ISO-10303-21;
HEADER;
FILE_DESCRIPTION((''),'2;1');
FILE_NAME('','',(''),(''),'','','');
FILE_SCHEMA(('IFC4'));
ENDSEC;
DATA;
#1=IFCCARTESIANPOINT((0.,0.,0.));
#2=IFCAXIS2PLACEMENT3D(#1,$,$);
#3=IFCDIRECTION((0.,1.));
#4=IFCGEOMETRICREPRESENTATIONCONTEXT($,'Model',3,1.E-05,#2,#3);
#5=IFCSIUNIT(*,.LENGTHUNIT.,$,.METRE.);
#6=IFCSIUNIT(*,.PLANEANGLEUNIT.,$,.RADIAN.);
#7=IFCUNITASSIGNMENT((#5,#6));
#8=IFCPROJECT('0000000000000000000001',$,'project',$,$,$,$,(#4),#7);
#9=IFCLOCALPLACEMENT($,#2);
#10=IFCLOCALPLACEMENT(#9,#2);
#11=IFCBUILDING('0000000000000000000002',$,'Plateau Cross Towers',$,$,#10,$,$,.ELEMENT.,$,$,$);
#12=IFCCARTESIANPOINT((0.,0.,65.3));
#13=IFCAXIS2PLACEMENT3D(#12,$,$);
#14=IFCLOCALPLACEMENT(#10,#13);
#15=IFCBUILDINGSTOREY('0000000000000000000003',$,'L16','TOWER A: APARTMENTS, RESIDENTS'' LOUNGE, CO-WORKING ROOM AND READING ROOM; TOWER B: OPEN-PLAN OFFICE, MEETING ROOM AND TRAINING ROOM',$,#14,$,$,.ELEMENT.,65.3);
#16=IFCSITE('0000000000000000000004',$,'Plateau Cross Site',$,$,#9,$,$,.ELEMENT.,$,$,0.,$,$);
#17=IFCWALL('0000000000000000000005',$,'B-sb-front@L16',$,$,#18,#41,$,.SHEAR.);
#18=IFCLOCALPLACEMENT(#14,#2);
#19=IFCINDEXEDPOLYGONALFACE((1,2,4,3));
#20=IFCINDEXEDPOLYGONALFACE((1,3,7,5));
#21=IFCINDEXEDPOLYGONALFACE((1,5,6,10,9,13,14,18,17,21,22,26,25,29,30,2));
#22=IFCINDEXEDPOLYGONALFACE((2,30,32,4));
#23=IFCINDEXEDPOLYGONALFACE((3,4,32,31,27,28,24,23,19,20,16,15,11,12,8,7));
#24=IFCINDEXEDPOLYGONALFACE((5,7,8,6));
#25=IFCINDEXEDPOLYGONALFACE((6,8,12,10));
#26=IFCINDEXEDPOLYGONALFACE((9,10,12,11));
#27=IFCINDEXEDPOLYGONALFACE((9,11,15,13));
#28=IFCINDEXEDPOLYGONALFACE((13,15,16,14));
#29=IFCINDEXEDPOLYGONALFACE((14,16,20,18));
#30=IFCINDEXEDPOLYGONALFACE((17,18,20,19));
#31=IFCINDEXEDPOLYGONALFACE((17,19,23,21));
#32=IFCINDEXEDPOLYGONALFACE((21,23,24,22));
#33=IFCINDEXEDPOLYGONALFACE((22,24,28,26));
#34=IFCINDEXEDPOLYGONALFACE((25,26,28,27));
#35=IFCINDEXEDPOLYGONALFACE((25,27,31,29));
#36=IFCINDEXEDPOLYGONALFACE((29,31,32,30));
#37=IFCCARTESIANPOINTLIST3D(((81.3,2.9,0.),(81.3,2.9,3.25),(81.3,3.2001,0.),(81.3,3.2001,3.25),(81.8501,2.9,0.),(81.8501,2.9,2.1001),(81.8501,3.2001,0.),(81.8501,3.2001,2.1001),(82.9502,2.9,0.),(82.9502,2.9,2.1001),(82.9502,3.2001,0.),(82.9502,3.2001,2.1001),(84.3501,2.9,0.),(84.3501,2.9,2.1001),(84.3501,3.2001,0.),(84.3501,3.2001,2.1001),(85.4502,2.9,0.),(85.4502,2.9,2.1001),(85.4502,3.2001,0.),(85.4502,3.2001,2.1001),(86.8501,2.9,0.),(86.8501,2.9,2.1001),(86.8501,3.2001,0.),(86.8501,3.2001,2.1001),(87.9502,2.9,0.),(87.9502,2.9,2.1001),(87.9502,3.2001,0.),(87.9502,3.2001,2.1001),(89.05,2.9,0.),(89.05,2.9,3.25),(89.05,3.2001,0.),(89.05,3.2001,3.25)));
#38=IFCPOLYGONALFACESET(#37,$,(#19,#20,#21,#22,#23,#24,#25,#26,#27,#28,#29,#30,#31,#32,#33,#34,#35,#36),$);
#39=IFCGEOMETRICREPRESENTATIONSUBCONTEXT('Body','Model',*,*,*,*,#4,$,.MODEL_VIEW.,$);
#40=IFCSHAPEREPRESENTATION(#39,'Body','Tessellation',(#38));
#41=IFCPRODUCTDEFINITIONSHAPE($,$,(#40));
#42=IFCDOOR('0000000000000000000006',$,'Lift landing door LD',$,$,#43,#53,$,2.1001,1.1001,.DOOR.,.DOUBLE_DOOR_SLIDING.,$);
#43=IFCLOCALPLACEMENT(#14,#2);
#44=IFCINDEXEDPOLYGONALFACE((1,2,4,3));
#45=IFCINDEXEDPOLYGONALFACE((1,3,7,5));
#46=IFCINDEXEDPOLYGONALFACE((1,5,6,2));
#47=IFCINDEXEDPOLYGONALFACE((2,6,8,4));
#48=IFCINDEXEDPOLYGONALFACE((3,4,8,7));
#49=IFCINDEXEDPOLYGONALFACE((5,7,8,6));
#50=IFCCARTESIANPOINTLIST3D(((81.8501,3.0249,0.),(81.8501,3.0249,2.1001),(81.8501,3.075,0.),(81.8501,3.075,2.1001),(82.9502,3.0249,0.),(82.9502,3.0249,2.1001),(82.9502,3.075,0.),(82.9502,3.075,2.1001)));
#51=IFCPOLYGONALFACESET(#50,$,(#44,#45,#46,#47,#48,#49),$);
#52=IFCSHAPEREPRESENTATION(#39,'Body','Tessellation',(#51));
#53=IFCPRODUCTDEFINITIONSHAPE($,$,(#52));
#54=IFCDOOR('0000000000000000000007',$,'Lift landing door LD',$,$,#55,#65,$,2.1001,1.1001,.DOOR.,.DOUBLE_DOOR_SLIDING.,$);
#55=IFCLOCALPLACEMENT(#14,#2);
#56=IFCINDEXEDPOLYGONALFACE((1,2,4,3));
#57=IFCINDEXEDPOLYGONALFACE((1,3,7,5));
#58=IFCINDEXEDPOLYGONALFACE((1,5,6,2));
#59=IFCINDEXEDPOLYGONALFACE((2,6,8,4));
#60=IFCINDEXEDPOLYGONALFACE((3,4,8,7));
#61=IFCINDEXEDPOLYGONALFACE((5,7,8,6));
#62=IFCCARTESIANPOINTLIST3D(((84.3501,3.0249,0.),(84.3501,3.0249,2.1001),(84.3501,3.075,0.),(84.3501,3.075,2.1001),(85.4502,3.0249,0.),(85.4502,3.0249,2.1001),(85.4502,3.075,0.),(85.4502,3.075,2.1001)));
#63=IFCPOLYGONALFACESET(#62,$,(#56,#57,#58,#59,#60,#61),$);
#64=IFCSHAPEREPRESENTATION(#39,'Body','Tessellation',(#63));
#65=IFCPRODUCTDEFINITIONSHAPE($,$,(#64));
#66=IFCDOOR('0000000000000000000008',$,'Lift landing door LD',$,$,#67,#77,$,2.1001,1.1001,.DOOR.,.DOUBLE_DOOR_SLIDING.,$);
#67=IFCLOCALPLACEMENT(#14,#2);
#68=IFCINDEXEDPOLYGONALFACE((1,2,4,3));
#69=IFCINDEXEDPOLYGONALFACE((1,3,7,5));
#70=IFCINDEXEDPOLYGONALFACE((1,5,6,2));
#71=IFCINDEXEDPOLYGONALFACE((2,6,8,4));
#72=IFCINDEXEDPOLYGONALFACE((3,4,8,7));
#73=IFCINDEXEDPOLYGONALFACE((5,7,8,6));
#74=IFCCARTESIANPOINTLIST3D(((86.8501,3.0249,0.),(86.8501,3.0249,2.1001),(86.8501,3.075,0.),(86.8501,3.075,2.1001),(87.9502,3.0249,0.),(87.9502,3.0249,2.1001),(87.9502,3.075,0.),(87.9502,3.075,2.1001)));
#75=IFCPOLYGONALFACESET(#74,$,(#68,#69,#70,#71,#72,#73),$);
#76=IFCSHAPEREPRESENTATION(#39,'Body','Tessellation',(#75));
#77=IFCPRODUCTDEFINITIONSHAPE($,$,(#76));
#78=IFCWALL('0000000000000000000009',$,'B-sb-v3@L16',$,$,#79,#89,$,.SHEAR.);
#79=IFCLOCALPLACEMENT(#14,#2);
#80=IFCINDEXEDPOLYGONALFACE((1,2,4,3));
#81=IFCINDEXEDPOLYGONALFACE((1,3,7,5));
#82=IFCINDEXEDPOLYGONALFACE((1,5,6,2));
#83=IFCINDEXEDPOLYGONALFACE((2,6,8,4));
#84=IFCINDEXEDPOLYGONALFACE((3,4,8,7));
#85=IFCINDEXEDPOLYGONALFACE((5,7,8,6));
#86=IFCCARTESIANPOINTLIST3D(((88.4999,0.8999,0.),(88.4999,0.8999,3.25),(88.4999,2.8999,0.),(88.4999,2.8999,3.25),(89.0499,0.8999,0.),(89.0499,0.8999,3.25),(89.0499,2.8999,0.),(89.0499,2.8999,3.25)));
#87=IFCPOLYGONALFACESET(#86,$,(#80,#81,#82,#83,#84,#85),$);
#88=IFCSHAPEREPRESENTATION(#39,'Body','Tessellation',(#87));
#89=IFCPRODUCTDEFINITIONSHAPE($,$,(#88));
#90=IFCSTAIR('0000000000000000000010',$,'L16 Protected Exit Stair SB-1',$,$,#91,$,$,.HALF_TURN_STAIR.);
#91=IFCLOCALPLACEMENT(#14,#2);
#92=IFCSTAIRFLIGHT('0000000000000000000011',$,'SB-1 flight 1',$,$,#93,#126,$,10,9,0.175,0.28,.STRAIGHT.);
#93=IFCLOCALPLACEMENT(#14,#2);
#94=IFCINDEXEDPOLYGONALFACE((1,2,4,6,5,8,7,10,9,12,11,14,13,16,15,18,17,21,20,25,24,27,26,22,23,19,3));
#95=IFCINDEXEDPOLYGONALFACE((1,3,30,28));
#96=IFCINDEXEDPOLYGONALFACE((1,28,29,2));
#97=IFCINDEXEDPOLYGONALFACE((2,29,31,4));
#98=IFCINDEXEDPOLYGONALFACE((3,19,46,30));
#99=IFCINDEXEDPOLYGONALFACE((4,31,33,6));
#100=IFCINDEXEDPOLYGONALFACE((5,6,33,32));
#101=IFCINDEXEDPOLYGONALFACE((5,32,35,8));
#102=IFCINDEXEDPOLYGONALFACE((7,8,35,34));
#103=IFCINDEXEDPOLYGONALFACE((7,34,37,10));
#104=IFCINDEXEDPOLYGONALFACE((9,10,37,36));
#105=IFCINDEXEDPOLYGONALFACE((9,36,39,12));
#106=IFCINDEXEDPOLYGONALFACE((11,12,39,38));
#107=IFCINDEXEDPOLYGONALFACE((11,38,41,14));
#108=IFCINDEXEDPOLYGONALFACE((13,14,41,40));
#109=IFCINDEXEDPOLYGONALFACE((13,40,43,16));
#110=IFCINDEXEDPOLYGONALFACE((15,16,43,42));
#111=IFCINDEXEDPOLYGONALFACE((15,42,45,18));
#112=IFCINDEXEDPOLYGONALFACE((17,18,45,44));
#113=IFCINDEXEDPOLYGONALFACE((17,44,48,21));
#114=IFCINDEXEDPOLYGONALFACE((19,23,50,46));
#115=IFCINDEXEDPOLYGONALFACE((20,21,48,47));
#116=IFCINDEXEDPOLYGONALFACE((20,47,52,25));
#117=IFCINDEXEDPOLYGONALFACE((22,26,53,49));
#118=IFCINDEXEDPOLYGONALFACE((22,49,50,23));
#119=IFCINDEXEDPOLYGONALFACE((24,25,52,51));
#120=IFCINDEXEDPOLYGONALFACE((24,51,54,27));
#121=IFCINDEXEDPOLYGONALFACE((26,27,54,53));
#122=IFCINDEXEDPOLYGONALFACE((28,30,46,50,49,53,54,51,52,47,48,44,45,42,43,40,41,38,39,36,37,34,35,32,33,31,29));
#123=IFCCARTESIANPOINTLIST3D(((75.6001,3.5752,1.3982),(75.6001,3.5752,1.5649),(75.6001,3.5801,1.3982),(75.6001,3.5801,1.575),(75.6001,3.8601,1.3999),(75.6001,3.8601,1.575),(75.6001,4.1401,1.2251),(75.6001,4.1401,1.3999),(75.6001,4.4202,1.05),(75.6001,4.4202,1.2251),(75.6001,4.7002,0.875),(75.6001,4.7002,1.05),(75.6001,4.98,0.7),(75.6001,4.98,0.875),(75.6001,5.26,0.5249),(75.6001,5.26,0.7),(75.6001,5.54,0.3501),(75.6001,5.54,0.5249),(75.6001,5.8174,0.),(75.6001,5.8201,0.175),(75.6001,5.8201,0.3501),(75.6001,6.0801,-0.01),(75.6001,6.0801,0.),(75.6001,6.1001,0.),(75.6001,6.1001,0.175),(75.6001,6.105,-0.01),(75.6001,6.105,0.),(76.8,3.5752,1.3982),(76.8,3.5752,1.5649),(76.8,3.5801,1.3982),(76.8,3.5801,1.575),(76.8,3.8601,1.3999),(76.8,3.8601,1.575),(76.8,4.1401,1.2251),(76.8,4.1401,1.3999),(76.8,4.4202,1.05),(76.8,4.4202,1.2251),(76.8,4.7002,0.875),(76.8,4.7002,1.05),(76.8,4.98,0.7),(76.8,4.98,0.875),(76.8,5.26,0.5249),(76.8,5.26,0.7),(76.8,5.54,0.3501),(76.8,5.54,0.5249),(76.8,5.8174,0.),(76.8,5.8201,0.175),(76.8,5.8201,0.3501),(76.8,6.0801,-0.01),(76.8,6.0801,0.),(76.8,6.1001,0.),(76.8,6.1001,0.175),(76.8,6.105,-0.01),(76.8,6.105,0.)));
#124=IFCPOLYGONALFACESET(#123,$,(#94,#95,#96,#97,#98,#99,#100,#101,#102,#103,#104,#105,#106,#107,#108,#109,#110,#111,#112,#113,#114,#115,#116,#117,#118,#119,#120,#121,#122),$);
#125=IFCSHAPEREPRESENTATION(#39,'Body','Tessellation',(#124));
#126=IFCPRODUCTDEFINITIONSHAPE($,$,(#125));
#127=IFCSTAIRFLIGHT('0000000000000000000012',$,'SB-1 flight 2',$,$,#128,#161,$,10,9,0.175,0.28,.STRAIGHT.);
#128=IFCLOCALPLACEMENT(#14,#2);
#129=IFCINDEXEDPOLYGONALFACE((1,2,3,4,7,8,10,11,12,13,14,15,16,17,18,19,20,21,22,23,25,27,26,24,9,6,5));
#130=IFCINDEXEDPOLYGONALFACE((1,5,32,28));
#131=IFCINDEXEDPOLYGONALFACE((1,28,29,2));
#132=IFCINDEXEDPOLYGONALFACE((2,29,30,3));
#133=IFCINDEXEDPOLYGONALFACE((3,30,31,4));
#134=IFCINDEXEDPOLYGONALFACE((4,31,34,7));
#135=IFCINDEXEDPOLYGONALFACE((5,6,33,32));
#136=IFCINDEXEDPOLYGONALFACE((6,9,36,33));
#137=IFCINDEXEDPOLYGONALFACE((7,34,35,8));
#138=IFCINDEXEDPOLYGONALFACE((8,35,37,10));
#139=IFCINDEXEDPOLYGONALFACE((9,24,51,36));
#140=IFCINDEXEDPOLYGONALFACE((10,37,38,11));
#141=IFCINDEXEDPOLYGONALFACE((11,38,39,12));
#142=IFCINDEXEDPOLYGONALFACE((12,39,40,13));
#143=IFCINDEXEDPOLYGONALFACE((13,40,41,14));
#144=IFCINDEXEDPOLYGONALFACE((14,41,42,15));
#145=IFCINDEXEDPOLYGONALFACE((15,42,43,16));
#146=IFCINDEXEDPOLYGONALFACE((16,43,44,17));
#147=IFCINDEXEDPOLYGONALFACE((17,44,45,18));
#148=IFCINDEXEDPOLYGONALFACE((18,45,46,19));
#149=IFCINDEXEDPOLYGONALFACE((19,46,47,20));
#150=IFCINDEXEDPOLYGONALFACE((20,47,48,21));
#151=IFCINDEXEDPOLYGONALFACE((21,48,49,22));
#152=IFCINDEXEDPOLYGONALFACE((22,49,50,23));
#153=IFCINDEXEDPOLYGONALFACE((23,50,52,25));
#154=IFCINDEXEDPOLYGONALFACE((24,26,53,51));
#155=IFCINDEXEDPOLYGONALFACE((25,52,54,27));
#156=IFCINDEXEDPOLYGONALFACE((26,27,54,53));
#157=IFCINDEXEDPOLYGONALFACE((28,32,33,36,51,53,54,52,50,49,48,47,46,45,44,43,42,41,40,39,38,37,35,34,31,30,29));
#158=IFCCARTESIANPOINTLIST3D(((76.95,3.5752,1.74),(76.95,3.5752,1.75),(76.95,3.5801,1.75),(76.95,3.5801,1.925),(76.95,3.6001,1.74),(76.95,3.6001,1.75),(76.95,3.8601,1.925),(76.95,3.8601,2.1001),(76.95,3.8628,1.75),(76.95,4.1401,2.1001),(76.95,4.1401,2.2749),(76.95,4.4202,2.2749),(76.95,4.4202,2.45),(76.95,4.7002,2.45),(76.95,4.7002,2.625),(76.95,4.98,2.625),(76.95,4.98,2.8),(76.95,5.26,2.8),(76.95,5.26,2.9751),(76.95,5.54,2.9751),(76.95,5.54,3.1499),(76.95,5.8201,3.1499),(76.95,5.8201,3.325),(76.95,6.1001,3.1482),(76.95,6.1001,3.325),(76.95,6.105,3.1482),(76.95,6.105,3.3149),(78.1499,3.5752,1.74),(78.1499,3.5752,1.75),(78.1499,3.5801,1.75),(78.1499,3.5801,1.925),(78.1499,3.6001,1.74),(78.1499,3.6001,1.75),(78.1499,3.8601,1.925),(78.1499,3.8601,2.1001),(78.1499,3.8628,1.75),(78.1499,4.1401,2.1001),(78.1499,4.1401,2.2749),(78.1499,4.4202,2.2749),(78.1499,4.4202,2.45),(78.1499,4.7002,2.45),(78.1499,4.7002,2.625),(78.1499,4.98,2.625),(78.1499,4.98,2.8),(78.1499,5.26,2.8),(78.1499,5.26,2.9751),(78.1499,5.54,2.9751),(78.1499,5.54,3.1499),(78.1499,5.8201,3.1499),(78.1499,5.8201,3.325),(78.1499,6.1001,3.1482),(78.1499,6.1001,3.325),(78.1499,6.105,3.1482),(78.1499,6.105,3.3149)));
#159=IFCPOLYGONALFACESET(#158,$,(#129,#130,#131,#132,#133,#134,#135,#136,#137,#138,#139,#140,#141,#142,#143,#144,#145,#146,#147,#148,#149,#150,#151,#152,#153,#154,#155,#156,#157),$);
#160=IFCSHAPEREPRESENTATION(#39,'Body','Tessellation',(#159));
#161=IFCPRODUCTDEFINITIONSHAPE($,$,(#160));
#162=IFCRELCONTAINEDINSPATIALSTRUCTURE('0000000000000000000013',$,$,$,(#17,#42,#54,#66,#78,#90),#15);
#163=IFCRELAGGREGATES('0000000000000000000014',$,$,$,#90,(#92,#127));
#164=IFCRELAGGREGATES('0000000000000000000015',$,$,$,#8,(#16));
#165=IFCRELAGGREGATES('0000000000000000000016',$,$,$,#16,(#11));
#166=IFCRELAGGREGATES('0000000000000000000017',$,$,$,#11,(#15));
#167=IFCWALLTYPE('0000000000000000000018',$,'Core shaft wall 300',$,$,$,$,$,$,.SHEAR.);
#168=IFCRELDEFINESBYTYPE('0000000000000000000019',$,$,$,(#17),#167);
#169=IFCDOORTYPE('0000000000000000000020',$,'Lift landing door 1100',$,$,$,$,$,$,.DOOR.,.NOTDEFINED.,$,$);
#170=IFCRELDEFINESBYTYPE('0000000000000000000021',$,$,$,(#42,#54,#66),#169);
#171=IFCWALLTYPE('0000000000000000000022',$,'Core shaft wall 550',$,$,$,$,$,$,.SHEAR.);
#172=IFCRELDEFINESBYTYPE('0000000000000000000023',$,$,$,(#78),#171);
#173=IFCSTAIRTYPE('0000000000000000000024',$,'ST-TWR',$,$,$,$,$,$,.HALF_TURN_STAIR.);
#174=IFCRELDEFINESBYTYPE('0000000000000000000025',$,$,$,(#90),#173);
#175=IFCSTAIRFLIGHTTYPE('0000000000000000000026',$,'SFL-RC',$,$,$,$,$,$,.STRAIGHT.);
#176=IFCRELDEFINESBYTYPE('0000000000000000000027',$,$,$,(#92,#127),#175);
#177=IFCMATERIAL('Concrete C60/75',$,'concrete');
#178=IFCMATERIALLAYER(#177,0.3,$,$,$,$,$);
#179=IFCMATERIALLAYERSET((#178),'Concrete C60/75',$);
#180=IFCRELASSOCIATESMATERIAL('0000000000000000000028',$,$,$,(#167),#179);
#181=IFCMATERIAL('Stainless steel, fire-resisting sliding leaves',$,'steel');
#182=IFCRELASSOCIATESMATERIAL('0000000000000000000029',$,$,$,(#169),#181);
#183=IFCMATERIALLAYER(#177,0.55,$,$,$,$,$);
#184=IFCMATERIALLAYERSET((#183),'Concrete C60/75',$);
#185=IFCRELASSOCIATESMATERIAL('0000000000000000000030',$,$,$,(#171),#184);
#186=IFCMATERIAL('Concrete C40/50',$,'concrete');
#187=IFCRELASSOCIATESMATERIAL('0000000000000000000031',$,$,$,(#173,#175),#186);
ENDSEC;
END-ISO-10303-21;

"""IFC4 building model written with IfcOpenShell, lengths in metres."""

from ifc_helpers import new_model, si_unit, direction, frame, frame_2d, origin, place, context, subcontext, project, spatial, polyline, rectangle, outline, extrude, material, layer, layer_set, type_object, element, fill, aggregate, save


model = new_model("IFC4")

# Units and contexts
model_context = context("Model", 3, precision=1e-05, world=origin(), true_north=direction((0.0, 1.0)))
body_context = subcontext(model_context, "Body", "Model", "MODEL_VIEW")
ifc_project = project(units=[si_unit("LENGTHUNIT", "METRE"), si_unit("PLANEANGLEUNIT", "RADIAN")], contexts=[model_context])

# Site, building, storey
site_placement = place(None, origin())
site = spatial("IfcSite", under=ifc_project, at=site_placement, Name="Plateau Cross Site", CompositionType="ELEMENT", RefElevation=0.0)
building_placement = place(site_placement, origin())
building = spatial("IfcBuilding", under=site, at=building_placement, Name="Plateau Cross Towers", CompositionType="ELEMENT")
storey_placement = place(building_placement, frame((0.0, 0.0, 65.3)))
storey = spatial("IfcBuildingStorey", under=building, at=storey_placement, Name="L16", Description="TOWER A: APARTMENTS, RESIDENTS' LOUNGE, CO-WORKING ROOM AND READING ROOM; TOWER B: OPEN-PLAN OFFICE, MEETING ROOM AND TRAINING ROOM", CompositionType="ELEMENT", Elevation=65.3)

# Shared definitions
ifc_material_1 = material(Name="Concrete C60/75", Category="concrete")

# Shared definitions
ifc_layer_1 = layer(ifc_material_1, 0.3)
ifc_layer_set_1 = layer_set([ifc_layer_1], Name="Concrete C60/75")
wall_type_1 = type_object("IfcWallType", Name="Core shaft wall 300", PredefinedType="SHEAR", material=ifc_layer_set_1)

# Wall, openings, doors
wall_1_placement = place(storey_placement, frame((81.3, 3.05, 0.0), z_axis=(0.0, 0.0, 1.0), x_axis=(1.0, 0.0, 0.0)))
wall_1 = element("IfcWall", 1, at=wall_1_placement, inside=storey, type_object=wall_type_1, Name="B-sb-front@L16", PredefinedType="SHEAR", context=body_context, shape_type="SweptSolid", body=[
    extrude(rectangle(XDim=7.75, YDim=0.3, at=frame_2d((3.875, 0.0))), origin(), (0.0, 0.0, 1.0), 3.25),
])
opening_1_placement = place(wall_1_placement, frame((0.55, 0.0, 0.0)))
opening_1 = element("IfcOpeningElement", 2, at=opening_1_placement, cuts=wall_1, PredefinedType="OPENING", context=body_context, shape_type="SweptSolid", body=[
    extrude(rectangle(XDim=1.1001, YDim=2.1001, at=frame_2d((0.55, 1.05))), frame((0.0, 0.1599, 0.0), z_axis=(0.0, -1.0, 0.0), x_axis=(1.0, 0.0, 0.0)), (0.0, 0.0, 1.0), 0.3201),
])
opening_2_placement = place(wall_1_placement, frame((3.05, 0.0, 0.0)))
opening_2 = element("IfcOpeningElement", 3, at=opening_2_placement, cuts=wall_1, PredefinedType="OPENING", context=body_context, shape_type="SweptSolid", body=[
    extrude(rectangle(XDim=1.1001, YDim=2.1001, at=frame_2d((0.55, 1.05))), frame((0.0, 0.1599, 0.0), z_axis=(0.0, -1.0, 0.0), x_axis=(1.0, 0.0, 0.0)), (0.0, 0.0, 1.0), 0.3201),
])
opening_3_placement = place(wall_1_placement, frame((5.55, 0.0, 0.0)))
opening_3 = element("IfcOpeningElement", 4, at=opening_3_placement, cuts=wall_1, PredefinedType="OPENING", context=body_context, shape_type="SweptSolid", body=[
    extrude(rectangle(XDim=1.1001, YDim=2.1001, at=frame_2d((0.55, 1.05))), frame((0.0, 0.1599, 0.0), z_axis=(0.0, -1.0, 0.0), x_axis=(1.0, 0.0, 0.0)), (0.0, 0.0, 1.0), 0.3201),
])
ifc_material_2 = material(Name="Stainless steel, fire-resisting sliding leaves", Category="steel")
door_type_1 = type_object("IfcDoorType", Name="Lift landing door 1100", OperationType="NOTDEFINED", PredefinedType="DOOR", material=ifc_material_2)
door_1_placement = place(opening_1_placement, origin())
door_1 = element("IfcDoor", 5, at=door_1_placement, inside=storey, type_object=door_type_1, Name="Lift landing door LD", OperationType="DOUBLE_DOOR_SLIDING", OverallHeight=2.1001, OverallWidth=1.1001, PredefinedType="DOOR", context=body_context, shape_type="SweptSolid", body=[
    extrude(rectangle(XDim=1.1001, YDim=2.1001, at=frame_2d((0.55, 1.05))), frame((0.0, 0.0249, 0.0), z_axis=(0.0, -1.0, 0.0), x_axis=(1.0, 0.0, 0.0)), (0.0, 0.0, 1.0), 0.05),
])
fill(opening_1, door_1)
door_2_placement = place(opening_2_placement, origin())
door_2 = element("IfcDoor", 6, at=door_2_placement, inside=storey, type_object=door_type_1, Name="Lift landing door LD", OperationType="DOUBLE_DOOR_SLIDING", OverallHeight=2.1001, OverallWidth=1.1001, PredefinedType="DOOR", context=body_context, shape_type="SweptSolid", body=[
    extrude(rectangle(XDim=1.1001, YDim=2.1001, at=frame_2d((0.55, 1.05))), frame((0.0, 0.0249, 0.0), z_axis=(0.0, -1.0, 0.0), x_axis=(1.0, 0.0, 0.0)), (0.0, 0.0, 1.0), 0.05),
])
fill(opening_2, door_2)
door_3_placement = place(opening_3_placement, origin())
door_3 = element("IfcDoor", 7, at=door_3_placement, inside=storey, type_object=door_type_1, Name="Lift landing door LD", OperationType="DOUBLE_DOOR_SLIDING", OverallHeight=2.1001, OverallWidth=1.1001, PredefinedType="DOOR", context=body_context, shape_type="SweptSolid", body=[
    extrude(rectangle(XDim=1.1001, YDim=2.1001, at=frame_2d((0.55, 1.05))), frame((0.0, 0.0249, 0.0), z_axis=(0.0, -1.0, 0.0), x_axis=(1.0, 0.0, 0.0)), (0.0, 0.0, 1.0), 0.05),
])
fill(opening_3, door_3)

# Wall
ifc_layer_2 = layer(ifc_material_1, 0.55)
ifc_layer_set_2 = layer_set([ifc_layer_2], Name="Concrete C60/75")
wall_type_2 = type_object("IfcWallType", Name="Core shaft wall 550", PredefinedType="SHEAR", material=ifc_layer_set_2)
wall_2_placement = place(storey_placement, frame((88.7749, 0.8999, 0.0), z_axis=(0.0, 0.0, 1.0), x_axis=(0.0, 1.0, 0.0)))
element("IfcWall", 8, at=wall_2_placement, inside=storey, type_object=wall_type_2, Name="B-sb-v3@L16", PredefinedType="SHEAR", context=body_context, shape_type="SweptSolid", body=[
    extrude(rectangle(XDim=2.0, YDim=0.55, at=frame_2d((1.0, 0.0))), origin(), (0.0, 0.0, 1.0), 3.25),
])

# Stair, stair flights
ifc_material_3 = material(Name="Concrete C40/50", Category="concrete")
stair_type = type_object("IfcStairType", Name="ST-TWR", PredefinedType="HALF_TURN_STAIR", material=ifc_material_3)
stair_1_placement = place(storey_placement, origin())
stair_1 = element("IfcStair", 9, at=stair_1_placement, inside=storey, type_object=stair_type, Name="L16 Protected Exit Stair SB-1", PredefinedType="HALF_TURN_STAIR")
stair_flight_type = type_object("IfcStairFlightType", Name="SFL-RC", PredefinedType="STRAIGHT", material=ifc_material_3)
stair_flight_1_placement = place(storey_placement, frame((76.2, 6.1001, 0.0), z_axis=(0.0, 0.0, 1.0), x_axis=(0.0, -1.0, 0.0)))
stair_flight_1 = element("IfcStairFlight", 10, at=stair_flight_1_placement, type_object=stair_flight_type, Name="SB-1 flight 1", NumberOfRisers=10, NumberOfTreads=9, PredefinedType="STRAIGHT", RiserHeight=0.175, TreadLength=0.28, context=body_context, shape_type="SweptSolid", body=[
    extrude(outline(polyline([(-0.0049, -0.01), (-0.0049, 0.0), (0.0, 0.0), (0.0, 0.175), (0.28, 0.175), (0.28, 0.3501), (0.5601, 0.3501), (0.5601, 0.5249), (0.8401, 0.5249), (0.8401, 0.7), (1.1201, 0.7), (1.1201, 0.875), (1.3999, 0.875), (1.3999, 1.05), (1.6799, 1.05), (1.6799, 1.2251), (1.96, 1.2251), (1.96, 1.3999), (2.24, 1.3999), (2.24, 1.575), (2.52, 1.575), (2.5249, 1.5649), (2.5249, 1.3982), (2.52, 1.3982), (0.2827, 0.0), (0.02, 0.0), (0.02, -0.01), (-0.0049, -0.01)])), frame((0.0, 0.6001, 0.0), z_axis=(0.0, -1.0, 0.0), x_axis=(1.0, 0.0, 0.0)), (0.0, 0.0, 1.0), 1.2),
])
stair_flight_2_placement = place(storey_placement, frame((77.55, 3.5801, 1.75), z_axis=(0.0, 0.0, 1.0), x_axis=(0.0, 1.0, 0.0)))
stair_flight_2 = element("IfcStairFlight", 11, at=stair_flight_2_placement, type_object=stair_flight_type, Name="SB-1 flight 2", NumberOfRisers=10, NumberOfTreads=9, PredefinedType="STRAIGHT", RiserHeight=0.175, TreadLength=0.28, context=body_context, shape_type="SweptSolid", body=[
    extrude(outline(polyline([(-0.0049, -0.01), (-0.0049, 0.0), (0.0, 0.0), (0.0, 0.175), (0.28, 0.175), (0.28, 0.3501), (0.5601, 0.3501), (0.5601, 0.5249), (0.8401, 0.5249), (0.8401, 0.7), (1.1201, 0.7), (1.1201, 0.875), (1.3999, 0.875), (1.3999, 1.05), (1.6799, 1.05), (1.6799, 1.2251), (1.96, 1.2251), (1.96, 1.3999), (2.24, 1.3999), (2.24, 1.575), (2.52, 1.575), (2.5249, 1.5649), (2.5249, 1.3982), (2.52, 1.3982), (0.2827, 0.0), (0.02, 0.0), (0.02, -0.01), (-0.0049, -0.01)])), frame((0.0, 0.6001, 0.0), z_axis=(0.0, -1.0, 0.0), x_axis=(1.0, 0.0, 0.0)), (0.0, 0.0, 1.0), 1.2),
])
aggregate(stair_1, [stair_flight_1, stair_flight_2])

save(model, "model.ifc")
